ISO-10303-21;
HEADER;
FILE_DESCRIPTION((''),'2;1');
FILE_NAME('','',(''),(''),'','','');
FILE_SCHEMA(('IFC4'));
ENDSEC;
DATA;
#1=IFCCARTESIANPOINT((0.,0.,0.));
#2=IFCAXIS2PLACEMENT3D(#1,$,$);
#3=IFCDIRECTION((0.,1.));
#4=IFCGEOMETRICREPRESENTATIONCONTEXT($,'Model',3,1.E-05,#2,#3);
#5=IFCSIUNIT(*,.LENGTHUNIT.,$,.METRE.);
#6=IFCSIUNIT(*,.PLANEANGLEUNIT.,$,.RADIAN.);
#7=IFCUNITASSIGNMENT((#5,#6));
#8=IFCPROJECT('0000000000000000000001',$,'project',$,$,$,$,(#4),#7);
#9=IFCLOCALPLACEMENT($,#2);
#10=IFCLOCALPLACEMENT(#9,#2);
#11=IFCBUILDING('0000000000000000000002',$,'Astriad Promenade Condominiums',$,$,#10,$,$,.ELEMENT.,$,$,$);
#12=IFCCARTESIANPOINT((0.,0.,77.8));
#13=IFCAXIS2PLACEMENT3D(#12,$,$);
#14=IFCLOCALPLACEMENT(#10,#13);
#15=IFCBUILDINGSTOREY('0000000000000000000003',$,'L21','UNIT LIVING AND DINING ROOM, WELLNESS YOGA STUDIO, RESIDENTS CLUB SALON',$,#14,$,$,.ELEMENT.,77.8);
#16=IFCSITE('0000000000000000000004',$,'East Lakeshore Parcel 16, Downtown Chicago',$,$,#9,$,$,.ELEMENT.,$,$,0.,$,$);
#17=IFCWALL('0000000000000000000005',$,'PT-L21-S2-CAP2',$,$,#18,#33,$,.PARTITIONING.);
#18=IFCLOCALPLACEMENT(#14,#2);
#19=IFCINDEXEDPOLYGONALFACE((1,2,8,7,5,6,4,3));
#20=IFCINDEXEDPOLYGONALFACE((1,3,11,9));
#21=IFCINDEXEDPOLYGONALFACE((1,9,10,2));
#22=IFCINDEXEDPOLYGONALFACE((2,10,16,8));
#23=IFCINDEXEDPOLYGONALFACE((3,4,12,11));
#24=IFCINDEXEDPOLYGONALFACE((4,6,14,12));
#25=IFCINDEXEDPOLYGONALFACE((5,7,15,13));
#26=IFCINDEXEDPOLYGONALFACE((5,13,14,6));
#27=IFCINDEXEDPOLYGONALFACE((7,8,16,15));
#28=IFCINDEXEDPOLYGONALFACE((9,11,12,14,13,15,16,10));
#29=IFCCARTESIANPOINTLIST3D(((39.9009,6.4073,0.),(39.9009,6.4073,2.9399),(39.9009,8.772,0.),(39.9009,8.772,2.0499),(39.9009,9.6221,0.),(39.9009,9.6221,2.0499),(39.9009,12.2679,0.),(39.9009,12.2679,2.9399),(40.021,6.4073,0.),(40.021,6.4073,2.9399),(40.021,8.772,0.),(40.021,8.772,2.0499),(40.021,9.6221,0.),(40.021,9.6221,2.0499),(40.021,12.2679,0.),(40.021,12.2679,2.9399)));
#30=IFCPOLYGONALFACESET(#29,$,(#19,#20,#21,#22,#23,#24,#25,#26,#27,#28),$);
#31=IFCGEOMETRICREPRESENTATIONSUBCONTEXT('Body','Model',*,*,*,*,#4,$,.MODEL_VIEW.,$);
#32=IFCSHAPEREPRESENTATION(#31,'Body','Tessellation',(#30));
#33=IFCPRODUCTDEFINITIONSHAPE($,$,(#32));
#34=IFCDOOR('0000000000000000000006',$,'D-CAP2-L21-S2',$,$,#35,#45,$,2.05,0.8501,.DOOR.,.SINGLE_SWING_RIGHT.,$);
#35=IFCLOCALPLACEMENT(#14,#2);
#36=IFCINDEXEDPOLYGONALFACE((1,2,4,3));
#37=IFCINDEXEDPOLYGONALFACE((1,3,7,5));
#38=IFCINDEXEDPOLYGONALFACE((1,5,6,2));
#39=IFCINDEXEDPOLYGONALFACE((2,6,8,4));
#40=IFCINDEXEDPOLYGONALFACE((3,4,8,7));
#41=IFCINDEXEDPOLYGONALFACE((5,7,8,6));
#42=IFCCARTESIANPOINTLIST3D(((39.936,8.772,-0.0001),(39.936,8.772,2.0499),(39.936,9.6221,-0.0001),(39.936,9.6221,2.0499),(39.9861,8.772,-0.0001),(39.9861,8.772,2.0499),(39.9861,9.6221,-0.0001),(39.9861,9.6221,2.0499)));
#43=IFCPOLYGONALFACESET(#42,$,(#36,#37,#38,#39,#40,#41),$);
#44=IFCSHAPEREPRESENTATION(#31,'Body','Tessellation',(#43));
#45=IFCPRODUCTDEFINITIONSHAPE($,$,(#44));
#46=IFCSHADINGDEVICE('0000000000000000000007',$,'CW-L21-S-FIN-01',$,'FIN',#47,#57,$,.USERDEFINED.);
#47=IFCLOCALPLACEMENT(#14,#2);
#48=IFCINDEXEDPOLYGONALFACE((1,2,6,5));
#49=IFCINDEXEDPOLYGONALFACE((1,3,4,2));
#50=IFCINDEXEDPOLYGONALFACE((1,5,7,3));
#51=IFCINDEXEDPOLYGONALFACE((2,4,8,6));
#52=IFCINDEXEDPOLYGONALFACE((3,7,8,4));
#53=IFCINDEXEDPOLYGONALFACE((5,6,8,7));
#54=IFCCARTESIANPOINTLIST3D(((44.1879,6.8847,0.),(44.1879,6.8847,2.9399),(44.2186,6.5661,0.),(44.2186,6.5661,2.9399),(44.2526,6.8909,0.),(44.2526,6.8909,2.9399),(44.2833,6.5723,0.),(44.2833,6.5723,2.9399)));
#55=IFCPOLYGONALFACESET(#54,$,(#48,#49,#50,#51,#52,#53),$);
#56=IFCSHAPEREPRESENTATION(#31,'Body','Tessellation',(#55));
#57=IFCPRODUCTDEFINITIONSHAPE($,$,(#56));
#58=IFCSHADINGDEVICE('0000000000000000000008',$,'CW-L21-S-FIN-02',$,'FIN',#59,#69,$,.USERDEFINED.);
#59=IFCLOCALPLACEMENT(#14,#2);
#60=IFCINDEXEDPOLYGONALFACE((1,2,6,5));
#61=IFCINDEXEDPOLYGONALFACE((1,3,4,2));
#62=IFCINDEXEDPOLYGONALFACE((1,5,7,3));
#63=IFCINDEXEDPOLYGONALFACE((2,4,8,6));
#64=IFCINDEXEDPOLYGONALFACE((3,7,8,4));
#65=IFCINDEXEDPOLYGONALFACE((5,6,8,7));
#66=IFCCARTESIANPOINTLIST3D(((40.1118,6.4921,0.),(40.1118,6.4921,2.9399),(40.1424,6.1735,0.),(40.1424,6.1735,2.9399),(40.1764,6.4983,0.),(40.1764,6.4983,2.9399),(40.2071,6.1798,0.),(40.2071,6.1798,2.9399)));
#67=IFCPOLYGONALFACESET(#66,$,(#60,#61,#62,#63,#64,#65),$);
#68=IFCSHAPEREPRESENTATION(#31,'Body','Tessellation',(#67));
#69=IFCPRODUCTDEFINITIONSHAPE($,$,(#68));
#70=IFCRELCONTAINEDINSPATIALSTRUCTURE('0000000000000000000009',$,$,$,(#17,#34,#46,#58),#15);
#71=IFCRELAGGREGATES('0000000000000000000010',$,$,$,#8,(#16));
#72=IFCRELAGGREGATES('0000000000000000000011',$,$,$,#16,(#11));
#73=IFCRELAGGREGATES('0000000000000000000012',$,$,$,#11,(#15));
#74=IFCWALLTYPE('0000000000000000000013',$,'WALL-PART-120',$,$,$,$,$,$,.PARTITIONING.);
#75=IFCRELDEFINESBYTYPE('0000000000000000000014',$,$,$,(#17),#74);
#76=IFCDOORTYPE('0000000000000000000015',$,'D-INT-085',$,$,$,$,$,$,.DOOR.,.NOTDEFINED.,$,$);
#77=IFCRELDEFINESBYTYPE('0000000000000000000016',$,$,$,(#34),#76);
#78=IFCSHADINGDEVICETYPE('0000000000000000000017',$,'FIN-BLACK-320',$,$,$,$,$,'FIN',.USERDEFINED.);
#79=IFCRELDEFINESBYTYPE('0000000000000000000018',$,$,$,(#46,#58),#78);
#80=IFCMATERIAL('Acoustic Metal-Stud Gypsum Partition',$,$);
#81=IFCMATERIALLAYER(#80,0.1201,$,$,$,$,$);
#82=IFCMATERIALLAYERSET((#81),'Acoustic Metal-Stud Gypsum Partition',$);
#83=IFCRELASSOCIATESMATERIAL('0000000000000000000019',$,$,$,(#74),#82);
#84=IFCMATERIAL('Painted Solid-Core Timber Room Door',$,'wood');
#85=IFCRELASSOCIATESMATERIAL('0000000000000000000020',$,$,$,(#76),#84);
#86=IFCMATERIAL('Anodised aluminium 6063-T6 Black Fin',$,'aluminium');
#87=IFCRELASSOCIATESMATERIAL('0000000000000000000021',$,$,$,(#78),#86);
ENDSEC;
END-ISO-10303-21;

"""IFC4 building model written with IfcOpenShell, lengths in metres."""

from ifc_helpers import new_model, si_unit, direction, frame, frame_2d, origin, origin_2d, place, context, subcontext, project, spatial, rectangle, extrude, source, transform, mapped, material, layer, layer_set, type_object, type_shapes, element, fill, save


model = new_model("IFC4")

# Units and contexts
model_context = context("Model", 3, precision=1e-05, world=origin(), true_north=direction((0.0, 1.0)))
body_context = subcontext(model_context, "Body", "Model", "MODEL_VIEW")
ifc_project = project(units=[si_unit("LENGTHUNIT", "METRE"), si_unit("PLANEANGLEUNIT", "RADIAN")], contexts=[model_context])

# Site, building, storey
site_placement = place(None, origin())
site = spatial("IfcSite", under=ifc_project, at=site_placement, Name="East Lakeshore Parcel 16, Downtown Chicago", CompositionType="ELEMENT", RefElevation=0.0)
building_placement = place(site_placement, origin())
building = spatial("IfcBuilding", under=site, at=building_placement, Name="Astriad Promenade Condominiums", CompositionType="ELEMENT")
storey_placement = place(building_placement, frame((0.0, 0.0, 77.8)))
storey = spatial("IfcBuildingStorey", under=building, at=storey_placement, Name="L21", Description="UNIT LIVING AND DINING ROOM, WELLNESS YOGA STUDIO, RESIDENTS CLUB SALON", CompositionType="ELEMENT", Elevation=77.8)

# Wall, opening, door
ifc_material_1 = material(Name="Acoustic Metal-Stud Gypsum Partition")
ifc_layer_1 = layer(ifc_material_1, 0.1201)
ifc_layer_set_1 = layer_set([ifc_layer_1], Name="Acoustic Metal-Stud Gypsum Partition")
wall_type = type_object("IfcWallType", Name="WALL-PART-120", PredefinedType="PARTITIONING", material=ifc_layer_set_1)
wall_placement = place(storey_placement, frame((39.9609, 6.4075, 0.0), z_axis=(0.0, 0.0, 1.0), x_axis=(0.0, 1.0, 0.0)))
wall = element("IfcWall", 1, at=wall_placement, inside=storey, type_object=wall_type, Name="PT-L21-S2-CAP2", PredefinedType="PARTITIONING", context=body_context, shape_type="SweptSolid", body=[
    extrude(rectangle(XDim=5.8606, YDim=0.1201, at=frame_2d((2.9302, 0.0))), origin(), (0.0, 0.0, 1.0), 2.9399),
])
opening_placement = place(wall_placement, frame((2.3645, 0.0, 0.0)))
opening = element("IfcOpeningElement", 2, at=opening_placement, cuts=wall, PredefinedType="OPENING", context=body_context, shape_type="SweptSolid", body=[
    extrude(rectangle(XDim=0.8501, YDim=2.05, at=frame_2d((0.425, 1.0249))), frame((0.0, 0.0701, 0.0), z_axis=(0.0, -1.0, 0.0), x_axis=(1.0, 0.0, 0.0)), (0.0, 0.0, 1.0), 0.1401),
])
ifc_material_2 = material(Name="Painted Solid-Core Timber Room Door", Category="wood")
door_type = type_object("IfcDoorType", Name="D-INT-085", OperationType="NOTDEFINED", PredefinedType="DOOR", material=ifc_material_2)
shared_shape_1 = source(origin(), body_context, "Body", "SweptSolid", [
    extrude(rectangle(XDim=0.8501, YDim=2.05, at=frame_2d((0.425, 1.0249))), frame((0.0, 0.0249, 0.0), z_axis=(0.0, -1.0, 0.0), x_axis=(1.0, 0.0, 0.0)), (0.0, 0.0, 1.0), 0.05),
])
type_shapes(door_type, [shared_shape_1])
door_placement = place(opening_placement, origin())
door = element("IfcDoor", 3, at=door_placement, inside=storey, type_object=door_type, Name="D-CAP2-L21-S2", OperationType="SINGLE_SWING_RIGHT", OverallHeight=2.05, OverallWidth=0.8501, PredefinedType="DOOR", context=body_context, shape_type="MappedRepresentation", body=[
    mapped(shared_shape_1, transform((0.0, 0.0, 0.0), scale=1.0)),
])
fill(opening, door)

# Shading devices
ifc_material_3 = material(Name="Anodised aluminium 6063-T6 Black Fin", Category="aluminium")
shading_device_type = type_object("IfcShadingDeviceType", Name="FIN-BLACK-320", ElementType="FIN", PredefinedType="USERDEFINED", material=ifc_material_3)
shared_shape_2 = source(origin(), body_context, "Body", "SweptSolid", [
    extrude(rectangle(XDim=0.0649, YDim=0.3201, at=origin_2d()), origin(), (0.0, 0.0, 1.0), 2.9399),
])
type_shapes(shading_device_type, [shared_shape_2])
for number, where, z_axis, x_axis, name in (
    (4, (44.2356, 6.7285, 0.0), (0.0, 0.0, 1.0), (-0.995396, -0.095846, 0.0), "CW-L21-S-FIN-01"),
    (5, (40.1594, 6.3359, 0.0), (0.0, 0.0, 1.0), (-0.995396, -0.095846, 0.0), "CW-L21-S-FIN-02"),
):
    element("IfcShadingDevice", number, at=place(storey_placement, frame(where, z_axis=z_axis, x_axis=x_axis)), inside=storey, type_object=shading_device_type, Name=name, ObjectType="FIN", PredefinedType="USERDEFINED", context=body_context, shape_type="MappedRepresentation", body=[
        mapped(shared_shape_2, transform((0.0, 0.0, 0.0), scale=1.0)),
    ])

save(model, "model.ifc")
